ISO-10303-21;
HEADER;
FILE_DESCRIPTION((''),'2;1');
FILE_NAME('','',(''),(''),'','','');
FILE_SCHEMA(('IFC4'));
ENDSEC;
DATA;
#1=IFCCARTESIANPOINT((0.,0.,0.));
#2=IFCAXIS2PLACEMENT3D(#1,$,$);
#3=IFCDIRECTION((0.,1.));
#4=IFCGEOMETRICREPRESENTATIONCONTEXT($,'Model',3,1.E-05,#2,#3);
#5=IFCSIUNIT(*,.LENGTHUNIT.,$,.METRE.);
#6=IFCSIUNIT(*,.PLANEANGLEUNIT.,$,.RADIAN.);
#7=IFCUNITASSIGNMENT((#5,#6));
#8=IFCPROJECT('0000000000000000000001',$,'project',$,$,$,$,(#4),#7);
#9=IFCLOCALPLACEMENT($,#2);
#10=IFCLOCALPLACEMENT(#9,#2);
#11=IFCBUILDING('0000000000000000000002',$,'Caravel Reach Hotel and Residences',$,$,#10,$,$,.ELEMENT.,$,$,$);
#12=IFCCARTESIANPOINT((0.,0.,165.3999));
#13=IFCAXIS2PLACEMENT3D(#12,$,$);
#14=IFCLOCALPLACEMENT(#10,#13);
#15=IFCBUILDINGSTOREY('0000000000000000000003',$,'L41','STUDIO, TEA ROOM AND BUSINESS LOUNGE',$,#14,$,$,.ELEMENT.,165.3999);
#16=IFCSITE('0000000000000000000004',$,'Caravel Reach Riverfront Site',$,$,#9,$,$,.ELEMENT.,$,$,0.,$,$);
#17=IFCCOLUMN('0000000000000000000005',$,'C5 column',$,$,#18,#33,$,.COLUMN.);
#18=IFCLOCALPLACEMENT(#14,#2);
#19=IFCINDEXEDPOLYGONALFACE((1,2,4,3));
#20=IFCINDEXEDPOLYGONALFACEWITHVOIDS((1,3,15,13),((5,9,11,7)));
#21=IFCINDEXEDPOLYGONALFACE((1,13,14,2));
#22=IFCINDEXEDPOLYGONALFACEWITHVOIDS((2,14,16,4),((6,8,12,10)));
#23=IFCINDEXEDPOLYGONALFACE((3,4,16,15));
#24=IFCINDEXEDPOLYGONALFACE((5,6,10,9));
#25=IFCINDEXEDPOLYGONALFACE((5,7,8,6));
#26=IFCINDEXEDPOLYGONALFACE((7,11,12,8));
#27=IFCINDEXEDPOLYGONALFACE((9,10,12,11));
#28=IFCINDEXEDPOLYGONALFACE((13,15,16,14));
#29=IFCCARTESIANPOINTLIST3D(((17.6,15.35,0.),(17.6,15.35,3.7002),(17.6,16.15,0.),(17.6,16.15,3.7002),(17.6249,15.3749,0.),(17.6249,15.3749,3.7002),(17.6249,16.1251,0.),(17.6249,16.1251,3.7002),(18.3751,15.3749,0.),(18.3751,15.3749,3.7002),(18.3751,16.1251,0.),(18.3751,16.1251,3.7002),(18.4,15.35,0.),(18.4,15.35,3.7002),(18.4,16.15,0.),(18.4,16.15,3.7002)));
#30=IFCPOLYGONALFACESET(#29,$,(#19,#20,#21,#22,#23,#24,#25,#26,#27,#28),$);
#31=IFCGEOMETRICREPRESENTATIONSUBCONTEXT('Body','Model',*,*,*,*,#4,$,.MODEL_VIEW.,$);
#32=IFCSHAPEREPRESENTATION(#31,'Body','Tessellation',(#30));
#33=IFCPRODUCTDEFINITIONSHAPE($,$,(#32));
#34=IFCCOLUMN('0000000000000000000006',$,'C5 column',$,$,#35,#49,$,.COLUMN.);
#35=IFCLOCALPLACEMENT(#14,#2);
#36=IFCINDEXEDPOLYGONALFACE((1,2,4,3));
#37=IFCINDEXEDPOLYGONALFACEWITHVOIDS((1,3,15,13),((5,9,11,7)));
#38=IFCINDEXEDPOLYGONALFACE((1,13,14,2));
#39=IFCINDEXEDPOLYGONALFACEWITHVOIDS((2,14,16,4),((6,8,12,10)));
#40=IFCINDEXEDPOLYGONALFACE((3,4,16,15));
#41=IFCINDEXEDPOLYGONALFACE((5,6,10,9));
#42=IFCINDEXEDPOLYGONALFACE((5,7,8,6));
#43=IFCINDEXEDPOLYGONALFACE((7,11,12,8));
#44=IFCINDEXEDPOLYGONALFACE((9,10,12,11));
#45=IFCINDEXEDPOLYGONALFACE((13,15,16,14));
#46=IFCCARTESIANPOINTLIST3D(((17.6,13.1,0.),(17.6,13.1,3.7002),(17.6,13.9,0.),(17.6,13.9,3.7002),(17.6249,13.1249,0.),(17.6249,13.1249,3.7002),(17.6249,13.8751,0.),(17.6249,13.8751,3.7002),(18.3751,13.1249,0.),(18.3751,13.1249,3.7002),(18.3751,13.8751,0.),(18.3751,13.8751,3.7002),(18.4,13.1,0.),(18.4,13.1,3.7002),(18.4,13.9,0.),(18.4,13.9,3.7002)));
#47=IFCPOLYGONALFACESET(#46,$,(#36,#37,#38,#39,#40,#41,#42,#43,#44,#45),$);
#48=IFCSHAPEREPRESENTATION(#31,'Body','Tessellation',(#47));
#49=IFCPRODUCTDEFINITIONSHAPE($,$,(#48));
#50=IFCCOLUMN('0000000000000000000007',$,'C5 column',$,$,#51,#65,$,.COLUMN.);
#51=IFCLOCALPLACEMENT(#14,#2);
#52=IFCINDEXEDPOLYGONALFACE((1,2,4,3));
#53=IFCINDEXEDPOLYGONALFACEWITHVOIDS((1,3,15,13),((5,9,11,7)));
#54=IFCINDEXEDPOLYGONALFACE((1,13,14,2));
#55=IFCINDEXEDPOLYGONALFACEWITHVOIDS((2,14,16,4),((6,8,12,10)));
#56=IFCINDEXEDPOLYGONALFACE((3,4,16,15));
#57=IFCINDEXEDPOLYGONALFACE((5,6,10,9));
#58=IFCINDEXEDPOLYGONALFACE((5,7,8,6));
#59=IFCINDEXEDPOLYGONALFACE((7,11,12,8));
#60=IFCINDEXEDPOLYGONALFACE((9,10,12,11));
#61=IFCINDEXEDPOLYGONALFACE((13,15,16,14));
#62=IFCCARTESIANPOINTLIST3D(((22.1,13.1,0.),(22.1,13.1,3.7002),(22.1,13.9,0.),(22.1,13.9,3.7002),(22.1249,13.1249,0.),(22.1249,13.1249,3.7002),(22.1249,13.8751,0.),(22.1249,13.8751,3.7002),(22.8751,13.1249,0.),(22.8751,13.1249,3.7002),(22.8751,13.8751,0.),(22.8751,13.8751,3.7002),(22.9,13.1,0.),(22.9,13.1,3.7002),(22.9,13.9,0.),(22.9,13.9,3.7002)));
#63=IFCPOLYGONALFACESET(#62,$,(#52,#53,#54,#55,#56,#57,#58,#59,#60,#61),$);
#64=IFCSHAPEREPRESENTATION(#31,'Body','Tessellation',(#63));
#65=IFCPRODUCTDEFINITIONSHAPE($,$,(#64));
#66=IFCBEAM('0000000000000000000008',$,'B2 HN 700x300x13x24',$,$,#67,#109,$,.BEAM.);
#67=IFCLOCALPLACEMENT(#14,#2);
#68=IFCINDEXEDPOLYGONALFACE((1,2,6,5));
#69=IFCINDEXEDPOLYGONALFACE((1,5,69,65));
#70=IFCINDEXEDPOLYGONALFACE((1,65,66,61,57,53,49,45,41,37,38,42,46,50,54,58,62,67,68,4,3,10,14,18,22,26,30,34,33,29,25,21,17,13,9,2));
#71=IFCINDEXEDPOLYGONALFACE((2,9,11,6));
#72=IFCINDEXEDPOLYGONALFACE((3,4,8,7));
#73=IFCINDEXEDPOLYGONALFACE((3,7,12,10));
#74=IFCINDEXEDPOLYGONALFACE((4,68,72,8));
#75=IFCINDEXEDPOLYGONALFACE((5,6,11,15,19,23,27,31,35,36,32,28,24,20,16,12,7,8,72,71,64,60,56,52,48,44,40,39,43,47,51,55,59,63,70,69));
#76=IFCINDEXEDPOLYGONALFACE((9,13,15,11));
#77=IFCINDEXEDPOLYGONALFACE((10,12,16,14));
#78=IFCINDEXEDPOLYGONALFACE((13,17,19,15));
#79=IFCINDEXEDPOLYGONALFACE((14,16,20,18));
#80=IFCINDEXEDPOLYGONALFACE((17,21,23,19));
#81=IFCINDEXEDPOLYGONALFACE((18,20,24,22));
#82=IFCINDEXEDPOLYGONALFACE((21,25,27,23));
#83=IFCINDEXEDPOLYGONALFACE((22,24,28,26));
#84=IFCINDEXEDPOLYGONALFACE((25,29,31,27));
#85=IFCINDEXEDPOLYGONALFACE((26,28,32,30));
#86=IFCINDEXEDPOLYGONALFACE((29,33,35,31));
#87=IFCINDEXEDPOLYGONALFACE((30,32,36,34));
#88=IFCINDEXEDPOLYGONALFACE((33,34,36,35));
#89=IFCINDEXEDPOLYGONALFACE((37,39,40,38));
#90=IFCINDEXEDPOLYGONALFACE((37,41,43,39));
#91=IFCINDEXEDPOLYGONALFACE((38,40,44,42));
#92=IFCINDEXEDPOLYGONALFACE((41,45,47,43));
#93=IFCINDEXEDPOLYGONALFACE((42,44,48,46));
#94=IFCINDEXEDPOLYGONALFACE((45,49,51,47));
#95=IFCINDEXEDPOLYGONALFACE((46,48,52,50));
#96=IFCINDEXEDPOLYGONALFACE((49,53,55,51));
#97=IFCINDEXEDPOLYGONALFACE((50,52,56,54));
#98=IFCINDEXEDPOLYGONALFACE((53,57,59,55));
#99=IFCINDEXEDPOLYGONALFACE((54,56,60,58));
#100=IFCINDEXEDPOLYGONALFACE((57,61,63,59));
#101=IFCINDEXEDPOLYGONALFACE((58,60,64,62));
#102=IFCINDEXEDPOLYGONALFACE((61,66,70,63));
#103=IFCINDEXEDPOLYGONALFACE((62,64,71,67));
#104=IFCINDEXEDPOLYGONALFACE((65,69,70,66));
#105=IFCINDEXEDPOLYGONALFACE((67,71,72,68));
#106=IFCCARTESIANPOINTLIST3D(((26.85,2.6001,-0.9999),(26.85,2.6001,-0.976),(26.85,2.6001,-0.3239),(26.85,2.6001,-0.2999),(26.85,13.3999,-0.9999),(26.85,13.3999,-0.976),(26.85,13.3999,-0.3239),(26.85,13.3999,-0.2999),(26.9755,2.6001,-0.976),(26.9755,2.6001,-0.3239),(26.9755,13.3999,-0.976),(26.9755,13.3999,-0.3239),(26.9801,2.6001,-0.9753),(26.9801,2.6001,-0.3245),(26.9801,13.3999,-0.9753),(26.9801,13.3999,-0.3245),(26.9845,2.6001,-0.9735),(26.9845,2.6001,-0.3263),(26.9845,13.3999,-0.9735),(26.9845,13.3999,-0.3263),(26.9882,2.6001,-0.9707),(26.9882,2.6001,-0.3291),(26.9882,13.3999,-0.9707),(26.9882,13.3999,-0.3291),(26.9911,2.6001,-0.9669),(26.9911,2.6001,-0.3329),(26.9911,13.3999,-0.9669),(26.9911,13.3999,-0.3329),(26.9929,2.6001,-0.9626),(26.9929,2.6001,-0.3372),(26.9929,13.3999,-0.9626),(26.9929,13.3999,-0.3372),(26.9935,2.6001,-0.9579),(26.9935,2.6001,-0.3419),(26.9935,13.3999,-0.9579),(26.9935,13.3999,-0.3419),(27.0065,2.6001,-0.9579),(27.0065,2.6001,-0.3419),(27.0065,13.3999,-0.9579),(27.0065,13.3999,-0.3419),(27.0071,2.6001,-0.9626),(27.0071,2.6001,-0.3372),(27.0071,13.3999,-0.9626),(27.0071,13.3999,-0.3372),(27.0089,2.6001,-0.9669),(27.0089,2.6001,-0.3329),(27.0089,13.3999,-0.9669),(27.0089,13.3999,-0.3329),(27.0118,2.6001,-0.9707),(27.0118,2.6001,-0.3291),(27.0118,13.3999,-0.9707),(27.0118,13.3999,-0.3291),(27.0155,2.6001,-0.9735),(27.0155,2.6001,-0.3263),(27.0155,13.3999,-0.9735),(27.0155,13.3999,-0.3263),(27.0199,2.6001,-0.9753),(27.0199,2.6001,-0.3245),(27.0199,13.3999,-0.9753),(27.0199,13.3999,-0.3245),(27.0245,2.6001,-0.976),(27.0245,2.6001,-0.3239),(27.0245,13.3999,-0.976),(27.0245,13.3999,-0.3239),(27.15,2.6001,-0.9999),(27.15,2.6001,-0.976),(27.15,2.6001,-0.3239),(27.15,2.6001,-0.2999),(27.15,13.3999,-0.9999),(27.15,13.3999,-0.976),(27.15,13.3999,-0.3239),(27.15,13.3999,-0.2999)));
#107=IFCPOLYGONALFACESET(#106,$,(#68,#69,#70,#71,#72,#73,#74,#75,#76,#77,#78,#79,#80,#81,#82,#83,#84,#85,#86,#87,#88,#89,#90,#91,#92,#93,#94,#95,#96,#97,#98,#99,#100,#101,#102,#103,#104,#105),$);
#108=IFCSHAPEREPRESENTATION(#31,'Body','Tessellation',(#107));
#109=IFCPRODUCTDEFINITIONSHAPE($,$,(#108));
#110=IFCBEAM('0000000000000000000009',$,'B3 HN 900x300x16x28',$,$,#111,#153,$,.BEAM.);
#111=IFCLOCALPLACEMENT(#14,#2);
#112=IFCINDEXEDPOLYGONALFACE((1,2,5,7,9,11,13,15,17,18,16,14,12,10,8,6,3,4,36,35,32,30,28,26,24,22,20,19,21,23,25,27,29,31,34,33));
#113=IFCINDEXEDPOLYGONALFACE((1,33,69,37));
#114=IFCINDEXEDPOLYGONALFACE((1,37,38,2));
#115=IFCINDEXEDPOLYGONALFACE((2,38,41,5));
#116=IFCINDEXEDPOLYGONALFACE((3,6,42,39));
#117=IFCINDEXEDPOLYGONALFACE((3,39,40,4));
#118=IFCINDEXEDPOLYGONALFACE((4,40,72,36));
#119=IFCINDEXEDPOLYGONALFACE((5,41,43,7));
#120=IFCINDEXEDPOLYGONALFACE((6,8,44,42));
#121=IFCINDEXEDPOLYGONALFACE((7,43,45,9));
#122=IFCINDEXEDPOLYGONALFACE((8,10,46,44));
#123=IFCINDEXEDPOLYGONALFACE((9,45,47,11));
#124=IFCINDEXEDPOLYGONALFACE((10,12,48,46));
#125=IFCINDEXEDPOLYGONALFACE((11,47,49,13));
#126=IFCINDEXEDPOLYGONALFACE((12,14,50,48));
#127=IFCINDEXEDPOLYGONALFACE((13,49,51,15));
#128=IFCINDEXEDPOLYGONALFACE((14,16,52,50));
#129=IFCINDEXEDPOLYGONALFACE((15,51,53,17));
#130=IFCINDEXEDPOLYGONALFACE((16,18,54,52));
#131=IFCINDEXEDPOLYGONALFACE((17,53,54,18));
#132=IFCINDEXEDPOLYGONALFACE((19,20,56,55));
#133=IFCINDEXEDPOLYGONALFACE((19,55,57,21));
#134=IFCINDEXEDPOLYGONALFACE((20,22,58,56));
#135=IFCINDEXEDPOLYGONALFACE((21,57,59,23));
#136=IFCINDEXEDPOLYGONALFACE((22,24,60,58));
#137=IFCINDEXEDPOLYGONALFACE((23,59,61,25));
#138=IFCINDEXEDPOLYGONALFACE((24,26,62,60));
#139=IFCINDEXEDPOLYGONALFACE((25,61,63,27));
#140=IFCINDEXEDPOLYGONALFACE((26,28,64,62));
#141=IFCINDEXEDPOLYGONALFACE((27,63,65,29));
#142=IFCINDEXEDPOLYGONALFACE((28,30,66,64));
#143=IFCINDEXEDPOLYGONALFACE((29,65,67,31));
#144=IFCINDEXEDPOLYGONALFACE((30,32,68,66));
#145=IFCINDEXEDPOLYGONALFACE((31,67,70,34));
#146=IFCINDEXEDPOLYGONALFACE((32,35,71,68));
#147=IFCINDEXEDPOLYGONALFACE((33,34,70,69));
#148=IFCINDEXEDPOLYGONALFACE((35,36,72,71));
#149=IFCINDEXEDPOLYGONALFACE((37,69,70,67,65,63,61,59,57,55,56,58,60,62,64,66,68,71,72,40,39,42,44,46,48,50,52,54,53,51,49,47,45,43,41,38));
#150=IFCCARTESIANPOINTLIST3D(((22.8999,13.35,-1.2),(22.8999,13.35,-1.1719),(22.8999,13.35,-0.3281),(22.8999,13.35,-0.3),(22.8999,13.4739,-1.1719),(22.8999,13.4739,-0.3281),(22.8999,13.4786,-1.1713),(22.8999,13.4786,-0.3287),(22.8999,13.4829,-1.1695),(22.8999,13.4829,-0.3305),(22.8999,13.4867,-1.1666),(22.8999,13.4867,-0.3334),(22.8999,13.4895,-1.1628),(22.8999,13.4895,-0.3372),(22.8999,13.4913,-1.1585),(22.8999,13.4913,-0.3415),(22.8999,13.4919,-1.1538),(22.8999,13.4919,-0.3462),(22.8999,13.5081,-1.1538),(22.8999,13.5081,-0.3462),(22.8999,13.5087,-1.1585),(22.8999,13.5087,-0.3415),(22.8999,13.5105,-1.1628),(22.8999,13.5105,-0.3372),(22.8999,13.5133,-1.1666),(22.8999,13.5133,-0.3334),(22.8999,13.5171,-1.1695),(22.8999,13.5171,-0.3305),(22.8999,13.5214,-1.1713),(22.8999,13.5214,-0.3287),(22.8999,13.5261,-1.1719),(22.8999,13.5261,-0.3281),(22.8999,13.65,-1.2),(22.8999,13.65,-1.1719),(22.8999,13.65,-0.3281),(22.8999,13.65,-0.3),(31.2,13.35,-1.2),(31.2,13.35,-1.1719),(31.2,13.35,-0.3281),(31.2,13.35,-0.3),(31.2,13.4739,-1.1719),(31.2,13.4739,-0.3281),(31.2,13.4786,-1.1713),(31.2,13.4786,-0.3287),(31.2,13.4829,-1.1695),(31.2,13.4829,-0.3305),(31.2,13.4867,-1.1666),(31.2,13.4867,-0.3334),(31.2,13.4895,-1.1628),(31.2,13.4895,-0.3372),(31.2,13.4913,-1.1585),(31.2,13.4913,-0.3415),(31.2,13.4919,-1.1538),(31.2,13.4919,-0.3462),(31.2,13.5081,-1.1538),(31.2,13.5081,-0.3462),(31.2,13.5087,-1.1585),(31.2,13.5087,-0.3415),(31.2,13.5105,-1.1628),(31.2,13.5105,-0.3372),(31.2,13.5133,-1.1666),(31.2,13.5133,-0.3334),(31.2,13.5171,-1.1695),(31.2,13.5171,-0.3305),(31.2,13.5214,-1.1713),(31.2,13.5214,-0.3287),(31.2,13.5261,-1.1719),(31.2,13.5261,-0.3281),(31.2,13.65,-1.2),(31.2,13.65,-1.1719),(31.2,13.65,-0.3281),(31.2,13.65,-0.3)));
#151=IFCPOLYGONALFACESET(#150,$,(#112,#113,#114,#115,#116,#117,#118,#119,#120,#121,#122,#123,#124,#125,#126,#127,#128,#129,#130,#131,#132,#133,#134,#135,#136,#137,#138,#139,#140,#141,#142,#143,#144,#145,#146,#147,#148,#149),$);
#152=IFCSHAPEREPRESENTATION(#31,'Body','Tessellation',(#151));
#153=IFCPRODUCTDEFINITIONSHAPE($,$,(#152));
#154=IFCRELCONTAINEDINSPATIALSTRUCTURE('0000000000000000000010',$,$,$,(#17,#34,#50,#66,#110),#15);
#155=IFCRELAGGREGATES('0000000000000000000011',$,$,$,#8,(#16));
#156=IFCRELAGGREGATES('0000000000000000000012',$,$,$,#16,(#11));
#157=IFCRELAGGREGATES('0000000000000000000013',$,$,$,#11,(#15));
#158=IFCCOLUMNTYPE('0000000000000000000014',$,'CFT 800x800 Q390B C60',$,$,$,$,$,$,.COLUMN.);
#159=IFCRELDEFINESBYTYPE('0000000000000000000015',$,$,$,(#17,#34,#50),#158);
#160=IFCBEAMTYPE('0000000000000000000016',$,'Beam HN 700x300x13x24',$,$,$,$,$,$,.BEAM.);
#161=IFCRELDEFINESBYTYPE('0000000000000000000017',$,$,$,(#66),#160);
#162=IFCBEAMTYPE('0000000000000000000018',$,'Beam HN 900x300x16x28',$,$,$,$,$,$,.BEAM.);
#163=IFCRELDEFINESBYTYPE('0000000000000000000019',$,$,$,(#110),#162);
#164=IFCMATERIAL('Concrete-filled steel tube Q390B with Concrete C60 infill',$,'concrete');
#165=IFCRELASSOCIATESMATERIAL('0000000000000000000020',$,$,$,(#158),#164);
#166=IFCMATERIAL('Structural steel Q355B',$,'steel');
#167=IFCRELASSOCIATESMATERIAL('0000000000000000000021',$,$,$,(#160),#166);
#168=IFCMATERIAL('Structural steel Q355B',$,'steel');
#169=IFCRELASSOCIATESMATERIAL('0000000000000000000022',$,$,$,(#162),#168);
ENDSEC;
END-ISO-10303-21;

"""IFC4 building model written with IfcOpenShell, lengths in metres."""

from ifc_helpers import new_model, si_unit, direction, frame, origin, origin_2d, place, context, subcontext, project, spatial, hollow_rectangle, i_section, extrude, material, material_profile, profile_set, type_object, element, save


model = new_model("IFC4")

# Units and contexts
model_context = context("Model", 3, precision=1e-05, world=origin(), true_north=direction((0.0, 1.0)))
body_context = subcontext(model_context, "Body", "Model", "MODEL_VIEW")
ifc_project = project(units=[si_unit("LENGTHUNIT", "METRE"), si_unit("PLANEANGLEUNIT", "RADIAN")], contexts=[model_context])

# Site, building, storey
site_placement = place(None, origin())
site = spatial("IfcSite", under=ifc_project, at=site_placement, Name="Caravel Reach Riverfront Site", CompositionType="ELEMENT", RefElevation=0.0)
building_placement = place(site_placement, origin())
building = spatial("IfcBuilding", under=site, at=building_placement, Name="Caravel Reach Hotel and Residences", CompositionType="ELEMENT")
storey_placement = place(building_placement, frame((0.0, 0.0, 165.3999)))
storey = spatial("IfcBuildingStorey", under=building, at=storey_placement, Name="L41", Description="STUDIO, TEA ROOM AND BUSINESS LOUNGE", CompositionType="ELEMENT", Elevation=165.3999)

# Columns
ifc_material_1 = material(Name="Concrete-filled steel tube Q390B with Concrete C60 infill", Category="concrete")
ifc_material_profile_1 = material_profile(ifc_material_1, hollow_rectangle(XDim=0.8, YDim=0.8, WallThickness=0.0249, at=origin_2d()), Name="RHS 800x800x25")
ifc_profile_set_1 = profile_set([ifc_material_profile_1], Name="Concrete-filled steel tube Q390B with Concrete C60 infill")
column_type = type_object("IfcColumnType", Name="CFT 800x800 Q390B C60", PredefinedType="COLUMN", material=ifc_profile_set_1)
for number, where, z_axis, x_axis, name in (
    (1, (18.0, 15.75, 0.0), (0.0, 0.0, 1.0), (1.0, 0.0, 0.0), "C5 column"),
    (2, (18.0, 13.5, 0.0), (0.0, 0.0, 1.0), (1.0, 0.0, 0.0), "C5 column"),
    (3, (22.5, 13.5, 0.0), (0.0, 0.0, 1.0), (1.0, 0.0, 0.0), "C5 column"),
):
    element("IfcColumn", number, at=place(storey_placement, frame(where, z_axis=z_axis, x_axis=x_axis)), inside=storey, type_object=column_type, Name=name, PredefinedType="COLUMN", context=body_context, shape_type="SweptSolid", body=[
        extrude(hollow_rectangle(XDim=0.8, YDim=0.8, WallThickness=0.0249, at=origin_2d()), origin(), (0.0, 0.0, 1.0), 3.7002),
    ])

# Beams
ifc_material_2 = material(Name="Structural steel Q355B", Category="steel")
ifc_material_profile_2 = material_profile(ifc_material_2, i_section(OverallWidth=0.3, OverallDepth=0.7, WebThickness=0.0129, FlangeThickness=0.0239, FilletRadius=0.0181, at=origin_2d()), Name="HN 700x300x13x24")
ifc_profile_set_2 = profile_set([ifc_material_profile_2], Name="Structural steel Q355B")
beam_type_1 = type_object("IfcBeamType", Name="Beam HN 700x300x13x24", PredefinedType="BEAM", material=ifc_profile_set_2)
beam_1_placement = place(storey_placement, frame((27.0, 13.3999, -0.6499), z_axis=(0.0, -1.0, 0.0), x_axis=(1.0, 0.0, 0.0)))
element("IfcBeam", 4, at=beam_1_placement, inside=storey, type_object=beam_type_1, Name="B2 HN 700x300x13x24", PredefinedType="BEAM", context=body_context, shape_type="SweptSolid", body=[
    extrude(i_section(OverallWidth=0.3, OverallDepth=0.7, WebThickness=0.0129, FlangeThickness=0.0239, FilletRadius=0.0181, at=origin_2d()), origin(), (0.0, 0.0, 1.0), 10.7998),
])
ifc_material_3 = material(Name="Structural steel Q355B", Category="steel")
ifc_material_profile_3 = material_profile(ifc_material_3, i_section(OverallWidth=0.3, OverallDepth=0.8999, WebThickness=0.0161, FlangeThickness=0.0281, FilletRadius=0.0181, at=origin_2d()), Name="HN 900x300x16x28")
ifc_profile_set_3 = profile_set([ifc_material_profile_3], Name="Structural steel Q355B")
beam_type_2 = type_object("IfcBeamType", Name="Beam HN 900x300x16x28", PredefinedType="BEAM", material=ifc_profile_set_3)
beam_2_placement = place(storey_placement, frame((22.8999, 13.5, -0.75), z_axis=(1.0, 0.0, 0.0), x_axis=(0.0, 1.0, 0.0)))
element("IfcBeam", 5, at=beam_2_placement, inside=storey, type_object=beam_type_2, Name="B3 HN 900x300x16x28", PredefinedType="BEAM", context=body_context, shape_type="SweptSolid", body=[
    extrude(i_section(OverallWidth=0.3, OverallDepth=0.8999, WebThickness=0.0161, FlangeThickness=0.0281, FilletRadius=0.0181, at=origin_2d()), origin(), (0.0, 0.0, 1.0), 8.3),
])

save(model, "model.ifc")
